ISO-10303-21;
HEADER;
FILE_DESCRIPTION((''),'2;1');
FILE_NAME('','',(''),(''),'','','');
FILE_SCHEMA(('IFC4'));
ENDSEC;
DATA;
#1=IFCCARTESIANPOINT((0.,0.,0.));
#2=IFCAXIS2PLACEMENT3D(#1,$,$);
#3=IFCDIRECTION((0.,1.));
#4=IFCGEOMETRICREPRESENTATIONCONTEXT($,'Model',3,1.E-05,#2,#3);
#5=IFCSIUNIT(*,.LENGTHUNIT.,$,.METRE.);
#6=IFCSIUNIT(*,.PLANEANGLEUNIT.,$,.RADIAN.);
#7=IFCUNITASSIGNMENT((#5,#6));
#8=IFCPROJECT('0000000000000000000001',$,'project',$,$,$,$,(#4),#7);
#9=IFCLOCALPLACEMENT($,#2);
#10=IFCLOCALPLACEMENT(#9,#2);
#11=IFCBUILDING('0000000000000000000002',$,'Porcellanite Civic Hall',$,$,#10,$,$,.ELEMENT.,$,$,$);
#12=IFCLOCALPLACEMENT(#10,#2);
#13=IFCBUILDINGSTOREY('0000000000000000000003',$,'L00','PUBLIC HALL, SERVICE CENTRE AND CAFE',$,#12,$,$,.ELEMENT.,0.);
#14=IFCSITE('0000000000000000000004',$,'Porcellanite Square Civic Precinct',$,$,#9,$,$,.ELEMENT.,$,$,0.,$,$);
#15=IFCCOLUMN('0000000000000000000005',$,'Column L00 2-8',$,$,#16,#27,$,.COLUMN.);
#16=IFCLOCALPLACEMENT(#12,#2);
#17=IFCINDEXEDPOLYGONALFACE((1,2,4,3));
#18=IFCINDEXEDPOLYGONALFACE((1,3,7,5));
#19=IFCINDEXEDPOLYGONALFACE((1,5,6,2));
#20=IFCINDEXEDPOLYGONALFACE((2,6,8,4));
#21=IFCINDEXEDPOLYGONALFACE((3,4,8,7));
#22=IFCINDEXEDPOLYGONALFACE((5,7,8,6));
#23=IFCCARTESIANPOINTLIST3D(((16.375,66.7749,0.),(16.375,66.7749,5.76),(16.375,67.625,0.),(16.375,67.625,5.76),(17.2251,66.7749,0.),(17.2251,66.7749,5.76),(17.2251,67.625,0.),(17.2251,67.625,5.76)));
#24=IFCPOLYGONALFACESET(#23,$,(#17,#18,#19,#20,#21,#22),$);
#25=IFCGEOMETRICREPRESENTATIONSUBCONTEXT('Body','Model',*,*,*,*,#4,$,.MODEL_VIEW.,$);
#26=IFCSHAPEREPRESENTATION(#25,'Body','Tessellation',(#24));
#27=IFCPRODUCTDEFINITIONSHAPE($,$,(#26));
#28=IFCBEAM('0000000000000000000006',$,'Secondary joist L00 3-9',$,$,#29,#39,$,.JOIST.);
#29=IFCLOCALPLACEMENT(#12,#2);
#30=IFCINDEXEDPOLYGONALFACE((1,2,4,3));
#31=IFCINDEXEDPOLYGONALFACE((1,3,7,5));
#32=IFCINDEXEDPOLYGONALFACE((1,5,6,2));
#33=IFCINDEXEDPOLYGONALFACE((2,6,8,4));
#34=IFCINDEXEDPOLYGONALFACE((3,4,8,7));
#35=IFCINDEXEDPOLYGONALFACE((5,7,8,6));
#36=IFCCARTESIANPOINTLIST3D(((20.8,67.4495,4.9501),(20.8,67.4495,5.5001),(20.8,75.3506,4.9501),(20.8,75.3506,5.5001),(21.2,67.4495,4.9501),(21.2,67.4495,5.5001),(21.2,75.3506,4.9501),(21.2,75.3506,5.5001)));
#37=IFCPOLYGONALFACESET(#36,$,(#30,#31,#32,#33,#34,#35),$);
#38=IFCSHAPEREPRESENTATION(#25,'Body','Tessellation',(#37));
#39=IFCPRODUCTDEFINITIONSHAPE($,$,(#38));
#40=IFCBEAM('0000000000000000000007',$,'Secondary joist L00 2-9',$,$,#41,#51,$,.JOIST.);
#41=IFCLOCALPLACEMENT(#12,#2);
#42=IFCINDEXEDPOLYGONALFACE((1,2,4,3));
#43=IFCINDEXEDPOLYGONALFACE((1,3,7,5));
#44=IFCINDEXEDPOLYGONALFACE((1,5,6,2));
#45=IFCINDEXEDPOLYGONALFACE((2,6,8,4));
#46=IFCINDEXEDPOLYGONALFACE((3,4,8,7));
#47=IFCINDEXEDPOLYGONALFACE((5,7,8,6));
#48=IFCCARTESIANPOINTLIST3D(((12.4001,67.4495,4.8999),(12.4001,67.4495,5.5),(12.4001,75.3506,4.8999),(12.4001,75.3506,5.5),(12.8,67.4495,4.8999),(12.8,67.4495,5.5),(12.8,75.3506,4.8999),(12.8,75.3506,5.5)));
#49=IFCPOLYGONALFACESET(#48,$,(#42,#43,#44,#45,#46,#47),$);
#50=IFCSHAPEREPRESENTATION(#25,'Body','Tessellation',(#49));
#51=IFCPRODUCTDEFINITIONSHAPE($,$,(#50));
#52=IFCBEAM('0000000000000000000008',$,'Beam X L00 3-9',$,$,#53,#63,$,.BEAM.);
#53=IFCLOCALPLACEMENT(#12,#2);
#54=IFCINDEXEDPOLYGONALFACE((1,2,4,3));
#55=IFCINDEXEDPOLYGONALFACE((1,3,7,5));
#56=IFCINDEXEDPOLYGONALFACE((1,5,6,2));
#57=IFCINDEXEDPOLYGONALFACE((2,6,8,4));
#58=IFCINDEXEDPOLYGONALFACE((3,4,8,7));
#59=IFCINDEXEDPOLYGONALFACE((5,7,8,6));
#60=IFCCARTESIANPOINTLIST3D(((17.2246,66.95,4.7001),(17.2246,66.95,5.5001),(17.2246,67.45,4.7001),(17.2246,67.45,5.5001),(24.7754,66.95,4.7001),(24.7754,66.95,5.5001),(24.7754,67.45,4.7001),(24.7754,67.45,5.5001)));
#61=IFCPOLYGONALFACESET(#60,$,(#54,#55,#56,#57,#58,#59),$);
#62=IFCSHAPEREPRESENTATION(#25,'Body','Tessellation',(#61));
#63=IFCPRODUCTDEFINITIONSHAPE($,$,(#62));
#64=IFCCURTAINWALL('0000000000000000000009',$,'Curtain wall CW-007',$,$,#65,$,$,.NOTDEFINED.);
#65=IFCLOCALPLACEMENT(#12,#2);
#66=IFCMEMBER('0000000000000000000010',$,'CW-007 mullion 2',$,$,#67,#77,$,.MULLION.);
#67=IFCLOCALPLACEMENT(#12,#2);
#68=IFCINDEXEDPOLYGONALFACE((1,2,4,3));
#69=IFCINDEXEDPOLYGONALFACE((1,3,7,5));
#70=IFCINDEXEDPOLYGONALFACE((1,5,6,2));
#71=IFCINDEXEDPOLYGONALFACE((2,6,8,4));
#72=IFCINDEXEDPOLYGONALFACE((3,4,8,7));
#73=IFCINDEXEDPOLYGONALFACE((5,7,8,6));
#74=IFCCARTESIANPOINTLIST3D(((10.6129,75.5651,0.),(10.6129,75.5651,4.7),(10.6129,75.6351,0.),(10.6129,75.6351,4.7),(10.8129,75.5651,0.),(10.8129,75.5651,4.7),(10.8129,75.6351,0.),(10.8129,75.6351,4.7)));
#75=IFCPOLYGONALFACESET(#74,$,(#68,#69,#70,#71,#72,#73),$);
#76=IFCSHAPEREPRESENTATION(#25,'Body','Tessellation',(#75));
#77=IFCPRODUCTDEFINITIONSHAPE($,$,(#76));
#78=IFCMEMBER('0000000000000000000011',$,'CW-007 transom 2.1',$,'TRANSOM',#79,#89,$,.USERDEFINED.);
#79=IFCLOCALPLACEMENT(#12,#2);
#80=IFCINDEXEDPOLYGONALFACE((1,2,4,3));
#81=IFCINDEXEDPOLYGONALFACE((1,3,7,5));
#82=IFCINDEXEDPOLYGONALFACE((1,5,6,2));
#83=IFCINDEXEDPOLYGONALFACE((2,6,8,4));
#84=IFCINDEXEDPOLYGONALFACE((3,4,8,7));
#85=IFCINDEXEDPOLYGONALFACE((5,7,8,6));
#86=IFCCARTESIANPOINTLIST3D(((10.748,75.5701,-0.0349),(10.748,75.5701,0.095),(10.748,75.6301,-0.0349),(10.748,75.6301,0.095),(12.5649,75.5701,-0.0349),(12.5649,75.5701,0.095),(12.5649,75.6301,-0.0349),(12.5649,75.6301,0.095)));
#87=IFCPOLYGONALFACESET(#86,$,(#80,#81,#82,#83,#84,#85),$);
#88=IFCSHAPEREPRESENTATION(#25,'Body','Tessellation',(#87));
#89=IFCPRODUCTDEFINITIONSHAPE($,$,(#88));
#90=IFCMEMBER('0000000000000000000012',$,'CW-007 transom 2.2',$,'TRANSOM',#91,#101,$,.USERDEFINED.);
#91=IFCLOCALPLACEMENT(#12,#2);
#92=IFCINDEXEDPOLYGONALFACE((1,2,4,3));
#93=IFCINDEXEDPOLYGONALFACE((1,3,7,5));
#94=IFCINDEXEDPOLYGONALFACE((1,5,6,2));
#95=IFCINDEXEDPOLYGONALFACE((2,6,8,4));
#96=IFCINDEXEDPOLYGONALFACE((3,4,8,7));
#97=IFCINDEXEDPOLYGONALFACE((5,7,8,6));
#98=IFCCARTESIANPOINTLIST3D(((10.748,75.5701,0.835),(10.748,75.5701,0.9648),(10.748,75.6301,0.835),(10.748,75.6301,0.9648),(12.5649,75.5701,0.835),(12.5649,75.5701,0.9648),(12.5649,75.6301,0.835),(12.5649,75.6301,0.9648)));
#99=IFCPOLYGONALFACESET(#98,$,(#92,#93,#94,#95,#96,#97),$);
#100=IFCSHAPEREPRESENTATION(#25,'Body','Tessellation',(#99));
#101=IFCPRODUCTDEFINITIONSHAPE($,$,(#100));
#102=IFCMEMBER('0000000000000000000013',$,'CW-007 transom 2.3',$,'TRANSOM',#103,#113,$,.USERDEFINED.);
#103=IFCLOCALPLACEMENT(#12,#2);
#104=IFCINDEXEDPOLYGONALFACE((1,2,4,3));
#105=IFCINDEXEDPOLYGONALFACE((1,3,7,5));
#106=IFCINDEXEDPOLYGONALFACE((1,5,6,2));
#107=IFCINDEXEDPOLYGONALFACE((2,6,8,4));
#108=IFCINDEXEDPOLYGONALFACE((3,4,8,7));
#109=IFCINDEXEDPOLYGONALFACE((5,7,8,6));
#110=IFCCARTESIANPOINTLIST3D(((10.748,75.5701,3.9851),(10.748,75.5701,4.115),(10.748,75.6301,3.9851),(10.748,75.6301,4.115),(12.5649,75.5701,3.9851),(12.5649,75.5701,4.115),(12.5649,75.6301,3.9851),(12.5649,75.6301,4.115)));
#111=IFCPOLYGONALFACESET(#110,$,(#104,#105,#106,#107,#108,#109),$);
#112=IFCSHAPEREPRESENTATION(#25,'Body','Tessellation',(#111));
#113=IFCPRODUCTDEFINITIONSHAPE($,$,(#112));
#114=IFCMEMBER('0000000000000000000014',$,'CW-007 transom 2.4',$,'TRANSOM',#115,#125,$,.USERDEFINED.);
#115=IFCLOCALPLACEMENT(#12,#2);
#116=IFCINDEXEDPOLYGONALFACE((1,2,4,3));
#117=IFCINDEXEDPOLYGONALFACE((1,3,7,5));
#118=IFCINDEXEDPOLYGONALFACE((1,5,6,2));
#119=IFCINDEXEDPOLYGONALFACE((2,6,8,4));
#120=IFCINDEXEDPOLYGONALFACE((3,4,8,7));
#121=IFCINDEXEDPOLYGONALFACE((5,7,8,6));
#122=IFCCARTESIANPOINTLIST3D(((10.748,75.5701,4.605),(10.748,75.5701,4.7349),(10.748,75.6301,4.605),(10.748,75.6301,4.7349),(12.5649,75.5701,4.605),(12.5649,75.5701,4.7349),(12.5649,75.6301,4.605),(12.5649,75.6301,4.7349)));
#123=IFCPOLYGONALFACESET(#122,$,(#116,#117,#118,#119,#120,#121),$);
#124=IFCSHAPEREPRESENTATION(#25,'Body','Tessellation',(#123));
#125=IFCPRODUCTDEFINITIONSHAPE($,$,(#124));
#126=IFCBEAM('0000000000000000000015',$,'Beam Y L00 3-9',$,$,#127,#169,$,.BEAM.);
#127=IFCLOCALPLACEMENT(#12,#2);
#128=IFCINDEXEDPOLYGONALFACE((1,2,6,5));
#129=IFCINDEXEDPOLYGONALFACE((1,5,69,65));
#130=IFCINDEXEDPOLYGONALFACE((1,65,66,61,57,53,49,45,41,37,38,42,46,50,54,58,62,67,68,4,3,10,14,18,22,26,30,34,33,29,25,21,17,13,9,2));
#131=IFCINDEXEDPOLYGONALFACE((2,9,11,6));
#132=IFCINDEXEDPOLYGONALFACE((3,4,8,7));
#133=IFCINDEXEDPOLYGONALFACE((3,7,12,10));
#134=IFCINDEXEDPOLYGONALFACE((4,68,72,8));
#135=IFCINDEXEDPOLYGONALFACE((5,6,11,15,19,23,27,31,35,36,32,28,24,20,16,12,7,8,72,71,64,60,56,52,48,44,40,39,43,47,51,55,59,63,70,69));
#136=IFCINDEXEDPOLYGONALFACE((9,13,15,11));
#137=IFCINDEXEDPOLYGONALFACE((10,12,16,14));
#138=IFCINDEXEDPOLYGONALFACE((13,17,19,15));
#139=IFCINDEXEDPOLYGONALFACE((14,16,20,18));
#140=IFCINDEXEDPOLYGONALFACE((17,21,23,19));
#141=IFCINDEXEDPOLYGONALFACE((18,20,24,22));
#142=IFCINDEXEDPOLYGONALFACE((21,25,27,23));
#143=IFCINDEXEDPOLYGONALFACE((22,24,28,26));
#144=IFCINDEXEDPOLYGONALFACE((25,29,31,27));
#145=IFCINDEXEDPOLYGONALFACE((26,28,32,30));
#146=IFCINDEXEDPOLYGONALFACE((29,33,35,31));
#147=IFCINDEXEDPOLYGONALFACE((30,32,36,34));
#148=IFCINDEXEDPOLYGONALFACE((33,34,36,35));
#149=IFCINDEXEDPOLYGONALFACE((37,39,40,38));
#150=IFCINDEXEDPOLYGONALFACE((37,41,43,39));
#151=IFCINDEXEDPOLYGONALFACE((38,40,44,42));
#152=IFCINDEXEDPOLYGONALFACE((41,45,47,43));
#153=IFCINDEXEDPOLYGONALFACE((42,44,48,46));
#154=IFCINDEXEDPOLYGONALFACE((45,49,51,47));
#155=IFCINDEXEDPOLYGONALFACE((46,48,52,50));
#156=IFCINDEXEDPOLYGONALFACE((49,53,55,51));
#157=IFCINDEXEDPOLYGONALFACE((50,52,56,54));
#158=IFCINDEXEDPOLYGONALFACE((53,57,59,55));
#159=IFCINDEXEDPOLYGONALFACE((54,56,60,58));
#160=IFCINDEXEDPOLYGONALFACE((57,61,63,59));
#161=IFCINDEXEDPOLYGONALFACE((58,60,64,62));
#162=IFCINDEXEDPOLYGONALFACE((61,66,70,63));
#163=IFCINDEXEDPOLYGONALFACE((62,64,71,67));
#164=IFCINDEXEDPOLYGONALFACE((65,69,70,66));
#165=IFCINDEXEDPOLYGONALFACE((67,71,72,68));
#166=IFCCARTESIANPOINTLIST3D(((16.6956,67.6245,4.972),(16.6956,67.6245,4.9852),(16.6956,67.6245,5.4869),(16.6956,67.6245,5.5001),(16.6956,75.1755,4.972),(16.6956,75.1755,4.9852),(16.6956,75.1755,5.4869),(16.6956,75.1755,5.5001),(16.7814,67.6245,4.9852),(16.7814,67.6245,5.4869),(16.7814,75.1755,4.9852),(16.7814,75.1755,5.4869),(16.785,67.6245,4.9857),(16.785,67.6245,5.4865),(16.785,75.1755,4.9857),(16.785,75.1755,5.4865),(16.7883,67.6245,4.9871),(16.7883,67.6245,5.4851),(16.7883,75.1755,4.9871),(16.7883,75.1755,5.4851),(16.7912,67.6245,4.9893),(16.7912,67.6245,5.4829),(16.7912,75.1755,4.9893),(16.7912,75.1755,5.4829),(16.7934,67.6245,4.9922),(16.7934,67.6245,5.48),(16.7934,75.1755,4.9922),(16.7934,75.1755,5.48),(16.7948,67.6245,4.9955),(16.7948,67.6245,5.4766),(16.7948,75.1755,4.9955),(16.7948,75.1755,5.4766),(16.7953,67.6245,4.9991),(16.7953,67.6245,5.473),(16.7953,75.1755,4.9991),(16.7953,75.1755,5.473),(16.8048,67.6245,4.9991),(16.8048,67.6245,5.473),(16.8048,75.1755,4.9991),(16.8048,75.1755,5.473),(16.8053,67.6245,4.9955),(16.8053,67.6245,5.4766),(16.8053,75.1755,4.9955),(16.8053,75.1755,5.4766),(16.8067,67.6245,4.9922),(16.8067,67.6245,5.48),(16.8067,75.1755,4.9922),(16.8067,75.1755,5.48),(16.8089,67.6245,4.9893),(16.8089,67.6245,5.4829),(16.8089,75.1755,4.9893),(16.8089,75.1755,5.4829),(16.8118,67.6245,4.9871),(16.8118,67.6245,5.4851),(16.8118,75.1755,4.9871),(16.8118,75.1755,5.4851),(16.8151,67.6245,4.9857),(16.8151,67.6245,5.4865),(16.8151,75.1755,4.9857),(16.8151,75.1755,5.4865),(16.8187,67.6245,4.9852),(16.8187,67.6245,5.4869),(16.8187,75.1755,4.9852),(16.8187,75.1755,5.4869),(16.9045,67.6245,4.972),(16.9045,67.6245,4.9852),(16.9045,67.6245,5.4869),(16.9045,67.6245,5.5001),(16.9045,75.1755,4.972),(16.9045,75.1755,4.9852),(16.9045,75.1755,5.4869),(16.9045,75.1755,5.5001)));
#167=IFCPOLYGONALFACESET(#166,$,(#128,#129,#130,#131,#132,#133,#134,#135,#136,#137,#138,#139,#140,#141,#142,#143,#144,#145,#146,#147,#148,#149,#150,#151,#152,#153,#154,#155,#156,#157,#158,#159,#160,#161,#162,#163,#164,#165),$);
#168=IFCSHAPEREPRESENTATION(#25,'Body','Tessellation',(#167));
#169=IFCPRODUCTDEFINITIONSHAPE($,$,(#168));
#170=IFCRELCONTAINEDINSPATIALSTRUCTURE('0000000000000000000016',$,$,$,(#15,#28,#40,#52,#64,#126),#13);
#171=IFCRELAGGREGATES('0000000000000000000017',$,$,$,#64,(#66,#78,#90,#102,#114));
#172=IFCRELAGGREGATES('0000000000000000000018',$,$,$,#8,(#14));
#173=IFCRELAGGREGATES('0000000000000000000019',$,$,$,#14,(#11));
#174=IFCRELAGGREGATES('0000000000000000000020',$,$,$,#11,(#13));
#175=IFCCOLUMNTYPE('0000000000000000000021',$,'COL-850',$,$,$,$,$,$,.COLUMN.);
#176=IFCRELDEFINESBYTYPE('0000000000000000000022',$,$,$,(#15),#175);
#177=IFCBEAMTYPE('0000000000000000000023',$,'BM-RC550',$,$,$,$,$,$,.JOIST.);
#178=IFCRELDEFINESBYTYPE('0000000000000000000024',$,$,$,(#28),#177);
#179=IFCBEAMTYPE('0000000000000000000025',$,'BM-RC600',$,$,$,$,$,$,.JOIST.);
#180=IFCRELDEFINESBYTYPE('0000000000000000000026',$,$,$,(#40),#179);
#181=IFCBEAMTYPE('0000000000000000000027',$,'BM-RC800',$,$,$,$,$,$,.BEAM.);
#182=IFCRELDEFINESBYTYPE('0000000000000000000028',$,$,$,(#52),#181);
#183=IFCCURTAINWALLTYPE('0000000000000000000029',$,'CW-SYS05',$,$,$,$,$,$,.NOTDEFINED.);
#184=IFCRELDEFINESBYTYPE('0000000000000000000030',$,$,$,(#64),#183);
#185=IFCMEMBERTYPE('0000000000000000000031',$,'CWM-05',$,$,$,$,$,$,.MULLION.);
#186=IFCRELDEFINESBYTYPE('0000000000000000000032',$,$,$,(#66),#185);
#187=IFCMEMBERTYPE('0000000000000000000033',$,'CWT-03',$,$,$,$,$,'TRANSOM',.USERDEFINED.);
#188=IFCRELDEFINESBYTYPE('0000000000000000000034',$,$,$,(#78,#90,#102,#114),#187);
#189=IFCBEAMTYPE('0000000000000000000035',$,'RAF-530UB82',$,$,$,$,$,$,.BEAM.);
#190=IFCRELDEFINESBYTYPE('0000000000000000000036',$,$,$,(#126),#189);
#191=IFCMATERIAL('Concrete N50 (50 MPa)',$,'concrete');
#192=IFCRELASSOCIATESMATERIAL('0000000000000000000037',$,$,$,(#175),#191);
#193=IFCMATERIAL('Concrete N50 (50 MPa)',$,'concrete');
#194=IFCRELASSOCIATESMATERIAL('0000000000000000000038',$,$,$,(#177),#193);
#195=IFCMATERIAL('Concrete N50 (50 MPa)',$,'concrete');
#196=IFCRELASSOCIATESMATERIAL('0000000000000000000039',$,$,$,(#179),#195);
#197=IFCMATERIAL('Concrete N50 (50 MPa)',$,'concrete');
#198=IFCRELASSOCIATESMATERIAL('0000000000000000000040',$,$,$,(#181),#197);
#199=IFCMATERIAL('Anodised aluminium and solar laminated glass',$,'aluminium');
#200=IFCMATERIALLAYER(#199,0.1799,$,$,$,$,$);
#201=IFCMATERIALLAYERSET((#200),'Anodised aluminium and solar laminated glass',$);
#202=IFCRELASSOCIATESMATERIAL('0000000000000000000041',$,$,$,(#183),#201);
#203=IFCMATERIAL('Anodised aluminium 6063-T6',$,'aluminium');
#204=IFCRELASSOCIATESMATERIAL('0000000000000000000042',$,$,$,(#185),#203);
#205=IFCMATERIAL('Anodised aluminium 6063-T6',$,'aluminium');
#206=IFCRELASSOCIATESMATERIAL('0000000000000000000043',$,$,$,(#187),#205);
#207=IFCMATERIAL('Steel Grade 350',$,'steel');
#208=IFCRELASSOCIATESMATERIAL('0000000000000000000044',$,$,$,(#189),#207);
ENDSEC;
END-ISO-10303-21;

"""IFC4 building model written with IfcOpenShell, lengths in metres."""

from ifc_helpers import new_model, si_unit, direction, frame, origin, origin_2d, place, context, subcontext, project, spatial, rectangle, i_section, extrude, material, layer, layer_set, material_profile, profile_set, type_object, element, aggregate, save


model = new_model("IFC4")

# Units and contexts
model_context = context("Model", 3, precision=1e-05, world=origin(), true_north=direction((0.0, 1.0)))
body_context = subcontext(model_context, "Body", "Model", "MODEL_VIEW")
ifc_project = project(units=[si_unit("LENGTHUNIT", "METRE"), si_unit("PLANEANGLEUNIT", "RADIAN")], contexts=[model_context])

# Site, building, storey
site_placement = place(None, origin())
site = spatial("IfcSite", under=ifc_project, at=site_placement, Name="Porcellanite Square Civic Precinct", CompositionType="ELEMENT", RefElevation=0.0)
building_placement = place(site_placement, origin())
building = spatial("IfcBuilding", under=site, at=building_placement, Name="Porcellanite Civic Hall", CompositionType="ELEMENT")
storey_placement = place(building_placement, origin())
storey = spatial("IfcBuildingStorey", under=building, at=storey_placement, Name="L00", Description="PUBLIC HALL, SERVICE CENTRE AND CAFE", CompositionType="ELEMENT", Elevation=0.0)

# Column
ifc_material_1 = material(Name="Concrete N50 (50 MPa)", Category="concrete")
ifc_material_profile_1 = material_profile(ifc_material_1, rectangle(XDim=0.8501, YDim=0.8501, at=origin_2d()), Name="RC-850x850")
ifc_profile_set_1 = profile_set([ifc_material_profile_1], Name="Concrete N50 (50 MPa)")
column_type = type_object("IfcColumnType", Name="COL-850", PredefinedType="COLUMN", material=ifc_profile_set_1)
column_placement = place(storey_placement, frame((16.8, 67.2, 0.0), z_axis=(0.0, 0.0, 1.0), x_axis=(1.0, 0.0, 0.0)))
element("IfcColumn", 1, at=column_placement, inside=storey, type_object=column_type, Name="Column L00 2-8", PredefinedType="COLUMN", context=body_context, shape_type="SweptSolid", body=[
    extrude(rectangle(XDim=0.8501, YDim=0.8501, at=origin_2d()), origin(), (0.0, 0.0, 1.0), 5.76),
])

# Beams
ifc_material_2 = material(Name="Concrete N50 (50 MPa)", Category="concrete")
ifc_material_profile_2 = material_profile(ifc_material_2, rectangle(XDim=0.3999, YDim=0.55, at=origin_2d()), Name="RC-400x550")
ifc_profile_set_2 = profile_set([ifc_material_profile_2], Name="Concrete N50 (50 MPa)")
beam_type_1 = type_object("IfcBeamType", Name="BM-RC550", PredefinedType="JOIST", material=ifc_profile_set_2)
beam_1_placement = place(storey_placement, frame((21.0, 67.4495, 5.2251), z_axis=(0.0, 1.0, 0.0), x_axis=(-1.0, 0.0, 0.0)))
element("IfcBeam", 2, at=beam_1_placement, inside=storey, type_object=beam_type_1, Name="Secondary joist L00 3-9", PredefinedType="JOIST", context=body_context, shape_type="SweptSolid", body=[
    extrude(rectangle(XDim=0.3999, YDim=0.55, at=origin_2d()), origin(), (0.0, 0.0, 1.0), 7.9011),
])
ifc_material_3 = material(Name="Concrete N50 (50 MPa)", Category="concrete")
ifc_material_profile_3 = material_profile(ifc_material_3, rectangle(XDim=0.3999, YDim=0.6001, at=origin_2d()), Name="RC-400x600")
ifc_profile_set_3 = profile_set([ifc_material_profile_3], Name="Concrete N50 (50 MPa)")
beam_type_2 = type_object("IfcBeamType", Name="BM-RC600", PredefinedType="JOIST", material=ifc_profile_set_3)
beam_2_placement = place(storey_placement, frame((12.6001, 67.4495, 5.2), z_axis=(0.0, 1.0, 0.0), x_axis=(-1.0, 0.0, 0.0)))
element("IfcBeam", 3, at=beam_2_placement, inside=storey, type_object=beam_type_2, Name="Secondary joist L00 2-9", PredefinedType="JOIST", context=body_context, shape_type="SweptSolid", body=[
    extrude(rectangle(XDim=0.3999, YDim=0.6001, at=origin_2d()), origin(), (0.0, 0.0, 1.0), 7.9011),
])
ifc_material_4 = material(Name="Concrete N50 (50 MPa)", Category="concrete")
ifc_material_profile_4 = material_profile(ifc_material_4, rectangle(XDim=0.5, YDim=0.8, at=origin_2d()), Name="RC-500x800")
ifc_profile_set_4 = profile_set([ifc_material_profile_4], Name="Concrete N50 (50 MPa)")
beam_type_3 = type_object("IfcBeamType", Name="BM-RC800", PredefinedType="BEAM", material=ifc_profile_set_4)
beam_3_placement = place(storey_placement, frame((17.2246, 67.2, 5.1001), z_axis=(1.0, 0.0, 0.0), x_axis=(0.0, 1.0, 0.0)))
element("IfcBeam", 4, at=beam_3_placement, inside=storey, type_object=beam_type_3, Name="Beam X L00 3-9", PredefinedType="BEAM", context=body_context, shape_type="SweptSolid", body=[
    extrude(rectangle(XDim=0.5, YDim=0.8, at=origin_2d()), origin(), (0.0, 0.0, 1.0), 7.5508),
])

# Curtain wall, members
ifc_material_5 = material(Name="Anodised aluminium and solar laminated glass", Category="aluminium")
ifc_layer_1 = layer(ifc_material_5, 0.1799)
ifc_layer_set_1 = layer_set([ifc_layer_1], Name="Anodised aluminium and solar laminated glass")
curtain_wall_type = type_object("IfcCurtainWallType", Name="CW-SYS05", PredefinedType="NOTDEFINED", material=ifc_layer_set_1)
curtain_wall_placement = place(storey_placement, origin())
curtain_wall = element("IfcCurtainWall", 5, at=curtain_wall_placement, inside=storey, type_object=curtain_wall_type, Name="Curtain wall CW-007", PredefinedType="NOTDEFINED")
ifc_material_6 = material(Name="Anodised aluminium 6063-T6", Category="aluminium")
ifc_material_profile_5 = material_profile(ifc_material_6, rectangle(XDim=0.0701, YDim=0.2, at=origin_2d()), Name="AL-70x200")
ifc_profile_set_5 = profile_set([ifc_material_profile_5], Name="Anodised aluminium 6063-T6")
member_type_1 = type_object("IfcMemberType", Name="CWM-05", PredefinedType="MULLION", material=ifc_profile_set_5)
member_1_placement = place(storey_placement, frame((10.7129, 75.6001, 0.0), z_axis=(0.0, 0.0, 1.0), x_axis=(0.0, 1.0, 0.0)))
member_1 = element("IfcMember", 6, at=member_1_placement, type_object=member_type_1, Name="CW-007 mullion 2", PredefinedType="MULLION", context=body_context, shape_type="SweptSolid", body=[
    extrude(rectangle(XDim=0.0701, YDim=0.2, at=origin_2d()), origin(), (0.0, 0.0, 1.0), 4.7),
])
ifc_material_7 = material(Name="Anodised aluminium 6063-T6", Category="aluminium")
ifc_material_profile_6 = material_profile(ifc_material_7, rectangle(XDim=0.0601, YDim=0.1299, at=origin_2d()), Name="AL-60x130")
ifc_profile_set_6 = profile_set([ifc_material_profile_6], Name="Anodised aluminium 6063-T6")
member_type_2 = type_object("IfcMemberType", Name="CWT-03", ElementType="TRANSOM", PredefinedType="USERDEFINED", material=ifc_profile_set_6)
member_2_placement = place(storey_placement, frame((10.748, 75.6001, 0.03), z_axis=(1.0, 0.0, 0.0), x_axis=(0.0, 1.0, 0.0)))
member_2 = element("IfcMember", 7, at=member_2_placement, type_object=member_type_2, Name="CW-007 transom 2.1", ObjectType="TRANSOM", PredefinedType="USERDEFINED", context=body_context, shape_type="SweptSolid", body=[
    extrude(rectangle(XDim=0.0601, YDim=0.1299, at=origin_2d()), origin(), (0.0, 0.0, 1.0), 1.8169),
])
member_3_placement = place(storey_placement, frame((10.748, 75.6001, 0.8999), z_axis=(1.0, 0.0, 0.0), x_axis=(0.0, 1.0, 0.0)))
member_3 = element("IfcMember", 8, at=member_3_placement, type_object=member_type_2, Name="CW-007 transom 2.2", ObjectType="TRANSOM", PredefinedType="USERDEFINED", context=body_context, shape_type="SweptSolid", body=[
    extrude(rectangle(XDim=0.0601, YDim=0.1299, at=origin_2d()), origin(), (0.0, 0.0, 1.0), 1.8169),
])
member_4_placement = place(storey_placement, frame((10.748, 75.6001, 4.05), z_axis=(1.0, 0.0, 0.0), x_axis=(0.0, 1.0, 0.0)))
member_4 = element("IfcMember", 9, at=member_4_placement, type_object=member_type_2, Name="CW-007 transom 2.3", ObjectType="TRANSOM", PredefinedType="USERDEFINED", context=body_context, shape_type="SweptSolid", body=[
    extrude(rectangle(XDim=0.0601, YDim=0.1299, at=origin_2d()), origin(), (0.0, 0.0, 1.0), 1.8169),
])
member_5_placement = place(storey_placement, frame((10.748, 75.6001, 4.6699), z_axis=(1.0, 0.0, 0.0), x_axis=(0.0, 1.0, 0.0)))
member_5 = element("IfcMember", 10, at=member_5_placement, type_object=member_type_2, Name="CW-007 transom 2.4", ObjectType="TRANSOM", PredefinedType="USERDEFINED", context=body_context, shape_type="SweptSolid", body=[
    extrude(rectangle(XDim=0.0601, YDim=0.1299, at=origin_2d()), origin(), (0.0, 0.0, 1.0), 1.8169),
])

# Beam
ifc_material_8 = material(Name="Steel Grade 350", Category="steel")
ifc_material_profile_7 = material_profile(ifc_material_8, i_section(OverallWidth=0.209, OverallDepth=0.5281, WebThickness=0.0095, FlangeThickness=0.0132, FilletRadius=0.0139, at=origin_2d()), Name="530UB82.0")
ifc_profile_set_7 = profile_set([ifc_material_profile_7], Name="Steel Grade 350")
beam_type_4 = type_object("IfcBeamType", Name="RAF-530UB82", PredefinedType="BEAM", material=ifc_profile_set_7)
beam_4_placement = place(storey_placement, frame((16.8, 67.6245, 5.2361), z_axis=(0.0, 1.0, 0.0), x_axis=(-1.0, 0.0, 0.0)))
element("IfcBeam", 11, at=beam_4_placement, inside=storey, type_object=beam_type_4, Name="Beam Y L00 3-9", PredefinedType="BEAM", context=body_context, shape_type="SweptSolid", body=[
    extrude(i_section(OverallWidth=0.209, OverallDepth=0.5281, WebThickness=0.0095, FlangeThickness=0.0132, FilletRadius=0.0139, at=origin_2d()), origin(), (0.0, 0.0, 1.0), 7.551),
])

aggregate(curtain_wall, [member_1, member_2, member_3, member_4, member_5])

save(model, "model.ifc")
